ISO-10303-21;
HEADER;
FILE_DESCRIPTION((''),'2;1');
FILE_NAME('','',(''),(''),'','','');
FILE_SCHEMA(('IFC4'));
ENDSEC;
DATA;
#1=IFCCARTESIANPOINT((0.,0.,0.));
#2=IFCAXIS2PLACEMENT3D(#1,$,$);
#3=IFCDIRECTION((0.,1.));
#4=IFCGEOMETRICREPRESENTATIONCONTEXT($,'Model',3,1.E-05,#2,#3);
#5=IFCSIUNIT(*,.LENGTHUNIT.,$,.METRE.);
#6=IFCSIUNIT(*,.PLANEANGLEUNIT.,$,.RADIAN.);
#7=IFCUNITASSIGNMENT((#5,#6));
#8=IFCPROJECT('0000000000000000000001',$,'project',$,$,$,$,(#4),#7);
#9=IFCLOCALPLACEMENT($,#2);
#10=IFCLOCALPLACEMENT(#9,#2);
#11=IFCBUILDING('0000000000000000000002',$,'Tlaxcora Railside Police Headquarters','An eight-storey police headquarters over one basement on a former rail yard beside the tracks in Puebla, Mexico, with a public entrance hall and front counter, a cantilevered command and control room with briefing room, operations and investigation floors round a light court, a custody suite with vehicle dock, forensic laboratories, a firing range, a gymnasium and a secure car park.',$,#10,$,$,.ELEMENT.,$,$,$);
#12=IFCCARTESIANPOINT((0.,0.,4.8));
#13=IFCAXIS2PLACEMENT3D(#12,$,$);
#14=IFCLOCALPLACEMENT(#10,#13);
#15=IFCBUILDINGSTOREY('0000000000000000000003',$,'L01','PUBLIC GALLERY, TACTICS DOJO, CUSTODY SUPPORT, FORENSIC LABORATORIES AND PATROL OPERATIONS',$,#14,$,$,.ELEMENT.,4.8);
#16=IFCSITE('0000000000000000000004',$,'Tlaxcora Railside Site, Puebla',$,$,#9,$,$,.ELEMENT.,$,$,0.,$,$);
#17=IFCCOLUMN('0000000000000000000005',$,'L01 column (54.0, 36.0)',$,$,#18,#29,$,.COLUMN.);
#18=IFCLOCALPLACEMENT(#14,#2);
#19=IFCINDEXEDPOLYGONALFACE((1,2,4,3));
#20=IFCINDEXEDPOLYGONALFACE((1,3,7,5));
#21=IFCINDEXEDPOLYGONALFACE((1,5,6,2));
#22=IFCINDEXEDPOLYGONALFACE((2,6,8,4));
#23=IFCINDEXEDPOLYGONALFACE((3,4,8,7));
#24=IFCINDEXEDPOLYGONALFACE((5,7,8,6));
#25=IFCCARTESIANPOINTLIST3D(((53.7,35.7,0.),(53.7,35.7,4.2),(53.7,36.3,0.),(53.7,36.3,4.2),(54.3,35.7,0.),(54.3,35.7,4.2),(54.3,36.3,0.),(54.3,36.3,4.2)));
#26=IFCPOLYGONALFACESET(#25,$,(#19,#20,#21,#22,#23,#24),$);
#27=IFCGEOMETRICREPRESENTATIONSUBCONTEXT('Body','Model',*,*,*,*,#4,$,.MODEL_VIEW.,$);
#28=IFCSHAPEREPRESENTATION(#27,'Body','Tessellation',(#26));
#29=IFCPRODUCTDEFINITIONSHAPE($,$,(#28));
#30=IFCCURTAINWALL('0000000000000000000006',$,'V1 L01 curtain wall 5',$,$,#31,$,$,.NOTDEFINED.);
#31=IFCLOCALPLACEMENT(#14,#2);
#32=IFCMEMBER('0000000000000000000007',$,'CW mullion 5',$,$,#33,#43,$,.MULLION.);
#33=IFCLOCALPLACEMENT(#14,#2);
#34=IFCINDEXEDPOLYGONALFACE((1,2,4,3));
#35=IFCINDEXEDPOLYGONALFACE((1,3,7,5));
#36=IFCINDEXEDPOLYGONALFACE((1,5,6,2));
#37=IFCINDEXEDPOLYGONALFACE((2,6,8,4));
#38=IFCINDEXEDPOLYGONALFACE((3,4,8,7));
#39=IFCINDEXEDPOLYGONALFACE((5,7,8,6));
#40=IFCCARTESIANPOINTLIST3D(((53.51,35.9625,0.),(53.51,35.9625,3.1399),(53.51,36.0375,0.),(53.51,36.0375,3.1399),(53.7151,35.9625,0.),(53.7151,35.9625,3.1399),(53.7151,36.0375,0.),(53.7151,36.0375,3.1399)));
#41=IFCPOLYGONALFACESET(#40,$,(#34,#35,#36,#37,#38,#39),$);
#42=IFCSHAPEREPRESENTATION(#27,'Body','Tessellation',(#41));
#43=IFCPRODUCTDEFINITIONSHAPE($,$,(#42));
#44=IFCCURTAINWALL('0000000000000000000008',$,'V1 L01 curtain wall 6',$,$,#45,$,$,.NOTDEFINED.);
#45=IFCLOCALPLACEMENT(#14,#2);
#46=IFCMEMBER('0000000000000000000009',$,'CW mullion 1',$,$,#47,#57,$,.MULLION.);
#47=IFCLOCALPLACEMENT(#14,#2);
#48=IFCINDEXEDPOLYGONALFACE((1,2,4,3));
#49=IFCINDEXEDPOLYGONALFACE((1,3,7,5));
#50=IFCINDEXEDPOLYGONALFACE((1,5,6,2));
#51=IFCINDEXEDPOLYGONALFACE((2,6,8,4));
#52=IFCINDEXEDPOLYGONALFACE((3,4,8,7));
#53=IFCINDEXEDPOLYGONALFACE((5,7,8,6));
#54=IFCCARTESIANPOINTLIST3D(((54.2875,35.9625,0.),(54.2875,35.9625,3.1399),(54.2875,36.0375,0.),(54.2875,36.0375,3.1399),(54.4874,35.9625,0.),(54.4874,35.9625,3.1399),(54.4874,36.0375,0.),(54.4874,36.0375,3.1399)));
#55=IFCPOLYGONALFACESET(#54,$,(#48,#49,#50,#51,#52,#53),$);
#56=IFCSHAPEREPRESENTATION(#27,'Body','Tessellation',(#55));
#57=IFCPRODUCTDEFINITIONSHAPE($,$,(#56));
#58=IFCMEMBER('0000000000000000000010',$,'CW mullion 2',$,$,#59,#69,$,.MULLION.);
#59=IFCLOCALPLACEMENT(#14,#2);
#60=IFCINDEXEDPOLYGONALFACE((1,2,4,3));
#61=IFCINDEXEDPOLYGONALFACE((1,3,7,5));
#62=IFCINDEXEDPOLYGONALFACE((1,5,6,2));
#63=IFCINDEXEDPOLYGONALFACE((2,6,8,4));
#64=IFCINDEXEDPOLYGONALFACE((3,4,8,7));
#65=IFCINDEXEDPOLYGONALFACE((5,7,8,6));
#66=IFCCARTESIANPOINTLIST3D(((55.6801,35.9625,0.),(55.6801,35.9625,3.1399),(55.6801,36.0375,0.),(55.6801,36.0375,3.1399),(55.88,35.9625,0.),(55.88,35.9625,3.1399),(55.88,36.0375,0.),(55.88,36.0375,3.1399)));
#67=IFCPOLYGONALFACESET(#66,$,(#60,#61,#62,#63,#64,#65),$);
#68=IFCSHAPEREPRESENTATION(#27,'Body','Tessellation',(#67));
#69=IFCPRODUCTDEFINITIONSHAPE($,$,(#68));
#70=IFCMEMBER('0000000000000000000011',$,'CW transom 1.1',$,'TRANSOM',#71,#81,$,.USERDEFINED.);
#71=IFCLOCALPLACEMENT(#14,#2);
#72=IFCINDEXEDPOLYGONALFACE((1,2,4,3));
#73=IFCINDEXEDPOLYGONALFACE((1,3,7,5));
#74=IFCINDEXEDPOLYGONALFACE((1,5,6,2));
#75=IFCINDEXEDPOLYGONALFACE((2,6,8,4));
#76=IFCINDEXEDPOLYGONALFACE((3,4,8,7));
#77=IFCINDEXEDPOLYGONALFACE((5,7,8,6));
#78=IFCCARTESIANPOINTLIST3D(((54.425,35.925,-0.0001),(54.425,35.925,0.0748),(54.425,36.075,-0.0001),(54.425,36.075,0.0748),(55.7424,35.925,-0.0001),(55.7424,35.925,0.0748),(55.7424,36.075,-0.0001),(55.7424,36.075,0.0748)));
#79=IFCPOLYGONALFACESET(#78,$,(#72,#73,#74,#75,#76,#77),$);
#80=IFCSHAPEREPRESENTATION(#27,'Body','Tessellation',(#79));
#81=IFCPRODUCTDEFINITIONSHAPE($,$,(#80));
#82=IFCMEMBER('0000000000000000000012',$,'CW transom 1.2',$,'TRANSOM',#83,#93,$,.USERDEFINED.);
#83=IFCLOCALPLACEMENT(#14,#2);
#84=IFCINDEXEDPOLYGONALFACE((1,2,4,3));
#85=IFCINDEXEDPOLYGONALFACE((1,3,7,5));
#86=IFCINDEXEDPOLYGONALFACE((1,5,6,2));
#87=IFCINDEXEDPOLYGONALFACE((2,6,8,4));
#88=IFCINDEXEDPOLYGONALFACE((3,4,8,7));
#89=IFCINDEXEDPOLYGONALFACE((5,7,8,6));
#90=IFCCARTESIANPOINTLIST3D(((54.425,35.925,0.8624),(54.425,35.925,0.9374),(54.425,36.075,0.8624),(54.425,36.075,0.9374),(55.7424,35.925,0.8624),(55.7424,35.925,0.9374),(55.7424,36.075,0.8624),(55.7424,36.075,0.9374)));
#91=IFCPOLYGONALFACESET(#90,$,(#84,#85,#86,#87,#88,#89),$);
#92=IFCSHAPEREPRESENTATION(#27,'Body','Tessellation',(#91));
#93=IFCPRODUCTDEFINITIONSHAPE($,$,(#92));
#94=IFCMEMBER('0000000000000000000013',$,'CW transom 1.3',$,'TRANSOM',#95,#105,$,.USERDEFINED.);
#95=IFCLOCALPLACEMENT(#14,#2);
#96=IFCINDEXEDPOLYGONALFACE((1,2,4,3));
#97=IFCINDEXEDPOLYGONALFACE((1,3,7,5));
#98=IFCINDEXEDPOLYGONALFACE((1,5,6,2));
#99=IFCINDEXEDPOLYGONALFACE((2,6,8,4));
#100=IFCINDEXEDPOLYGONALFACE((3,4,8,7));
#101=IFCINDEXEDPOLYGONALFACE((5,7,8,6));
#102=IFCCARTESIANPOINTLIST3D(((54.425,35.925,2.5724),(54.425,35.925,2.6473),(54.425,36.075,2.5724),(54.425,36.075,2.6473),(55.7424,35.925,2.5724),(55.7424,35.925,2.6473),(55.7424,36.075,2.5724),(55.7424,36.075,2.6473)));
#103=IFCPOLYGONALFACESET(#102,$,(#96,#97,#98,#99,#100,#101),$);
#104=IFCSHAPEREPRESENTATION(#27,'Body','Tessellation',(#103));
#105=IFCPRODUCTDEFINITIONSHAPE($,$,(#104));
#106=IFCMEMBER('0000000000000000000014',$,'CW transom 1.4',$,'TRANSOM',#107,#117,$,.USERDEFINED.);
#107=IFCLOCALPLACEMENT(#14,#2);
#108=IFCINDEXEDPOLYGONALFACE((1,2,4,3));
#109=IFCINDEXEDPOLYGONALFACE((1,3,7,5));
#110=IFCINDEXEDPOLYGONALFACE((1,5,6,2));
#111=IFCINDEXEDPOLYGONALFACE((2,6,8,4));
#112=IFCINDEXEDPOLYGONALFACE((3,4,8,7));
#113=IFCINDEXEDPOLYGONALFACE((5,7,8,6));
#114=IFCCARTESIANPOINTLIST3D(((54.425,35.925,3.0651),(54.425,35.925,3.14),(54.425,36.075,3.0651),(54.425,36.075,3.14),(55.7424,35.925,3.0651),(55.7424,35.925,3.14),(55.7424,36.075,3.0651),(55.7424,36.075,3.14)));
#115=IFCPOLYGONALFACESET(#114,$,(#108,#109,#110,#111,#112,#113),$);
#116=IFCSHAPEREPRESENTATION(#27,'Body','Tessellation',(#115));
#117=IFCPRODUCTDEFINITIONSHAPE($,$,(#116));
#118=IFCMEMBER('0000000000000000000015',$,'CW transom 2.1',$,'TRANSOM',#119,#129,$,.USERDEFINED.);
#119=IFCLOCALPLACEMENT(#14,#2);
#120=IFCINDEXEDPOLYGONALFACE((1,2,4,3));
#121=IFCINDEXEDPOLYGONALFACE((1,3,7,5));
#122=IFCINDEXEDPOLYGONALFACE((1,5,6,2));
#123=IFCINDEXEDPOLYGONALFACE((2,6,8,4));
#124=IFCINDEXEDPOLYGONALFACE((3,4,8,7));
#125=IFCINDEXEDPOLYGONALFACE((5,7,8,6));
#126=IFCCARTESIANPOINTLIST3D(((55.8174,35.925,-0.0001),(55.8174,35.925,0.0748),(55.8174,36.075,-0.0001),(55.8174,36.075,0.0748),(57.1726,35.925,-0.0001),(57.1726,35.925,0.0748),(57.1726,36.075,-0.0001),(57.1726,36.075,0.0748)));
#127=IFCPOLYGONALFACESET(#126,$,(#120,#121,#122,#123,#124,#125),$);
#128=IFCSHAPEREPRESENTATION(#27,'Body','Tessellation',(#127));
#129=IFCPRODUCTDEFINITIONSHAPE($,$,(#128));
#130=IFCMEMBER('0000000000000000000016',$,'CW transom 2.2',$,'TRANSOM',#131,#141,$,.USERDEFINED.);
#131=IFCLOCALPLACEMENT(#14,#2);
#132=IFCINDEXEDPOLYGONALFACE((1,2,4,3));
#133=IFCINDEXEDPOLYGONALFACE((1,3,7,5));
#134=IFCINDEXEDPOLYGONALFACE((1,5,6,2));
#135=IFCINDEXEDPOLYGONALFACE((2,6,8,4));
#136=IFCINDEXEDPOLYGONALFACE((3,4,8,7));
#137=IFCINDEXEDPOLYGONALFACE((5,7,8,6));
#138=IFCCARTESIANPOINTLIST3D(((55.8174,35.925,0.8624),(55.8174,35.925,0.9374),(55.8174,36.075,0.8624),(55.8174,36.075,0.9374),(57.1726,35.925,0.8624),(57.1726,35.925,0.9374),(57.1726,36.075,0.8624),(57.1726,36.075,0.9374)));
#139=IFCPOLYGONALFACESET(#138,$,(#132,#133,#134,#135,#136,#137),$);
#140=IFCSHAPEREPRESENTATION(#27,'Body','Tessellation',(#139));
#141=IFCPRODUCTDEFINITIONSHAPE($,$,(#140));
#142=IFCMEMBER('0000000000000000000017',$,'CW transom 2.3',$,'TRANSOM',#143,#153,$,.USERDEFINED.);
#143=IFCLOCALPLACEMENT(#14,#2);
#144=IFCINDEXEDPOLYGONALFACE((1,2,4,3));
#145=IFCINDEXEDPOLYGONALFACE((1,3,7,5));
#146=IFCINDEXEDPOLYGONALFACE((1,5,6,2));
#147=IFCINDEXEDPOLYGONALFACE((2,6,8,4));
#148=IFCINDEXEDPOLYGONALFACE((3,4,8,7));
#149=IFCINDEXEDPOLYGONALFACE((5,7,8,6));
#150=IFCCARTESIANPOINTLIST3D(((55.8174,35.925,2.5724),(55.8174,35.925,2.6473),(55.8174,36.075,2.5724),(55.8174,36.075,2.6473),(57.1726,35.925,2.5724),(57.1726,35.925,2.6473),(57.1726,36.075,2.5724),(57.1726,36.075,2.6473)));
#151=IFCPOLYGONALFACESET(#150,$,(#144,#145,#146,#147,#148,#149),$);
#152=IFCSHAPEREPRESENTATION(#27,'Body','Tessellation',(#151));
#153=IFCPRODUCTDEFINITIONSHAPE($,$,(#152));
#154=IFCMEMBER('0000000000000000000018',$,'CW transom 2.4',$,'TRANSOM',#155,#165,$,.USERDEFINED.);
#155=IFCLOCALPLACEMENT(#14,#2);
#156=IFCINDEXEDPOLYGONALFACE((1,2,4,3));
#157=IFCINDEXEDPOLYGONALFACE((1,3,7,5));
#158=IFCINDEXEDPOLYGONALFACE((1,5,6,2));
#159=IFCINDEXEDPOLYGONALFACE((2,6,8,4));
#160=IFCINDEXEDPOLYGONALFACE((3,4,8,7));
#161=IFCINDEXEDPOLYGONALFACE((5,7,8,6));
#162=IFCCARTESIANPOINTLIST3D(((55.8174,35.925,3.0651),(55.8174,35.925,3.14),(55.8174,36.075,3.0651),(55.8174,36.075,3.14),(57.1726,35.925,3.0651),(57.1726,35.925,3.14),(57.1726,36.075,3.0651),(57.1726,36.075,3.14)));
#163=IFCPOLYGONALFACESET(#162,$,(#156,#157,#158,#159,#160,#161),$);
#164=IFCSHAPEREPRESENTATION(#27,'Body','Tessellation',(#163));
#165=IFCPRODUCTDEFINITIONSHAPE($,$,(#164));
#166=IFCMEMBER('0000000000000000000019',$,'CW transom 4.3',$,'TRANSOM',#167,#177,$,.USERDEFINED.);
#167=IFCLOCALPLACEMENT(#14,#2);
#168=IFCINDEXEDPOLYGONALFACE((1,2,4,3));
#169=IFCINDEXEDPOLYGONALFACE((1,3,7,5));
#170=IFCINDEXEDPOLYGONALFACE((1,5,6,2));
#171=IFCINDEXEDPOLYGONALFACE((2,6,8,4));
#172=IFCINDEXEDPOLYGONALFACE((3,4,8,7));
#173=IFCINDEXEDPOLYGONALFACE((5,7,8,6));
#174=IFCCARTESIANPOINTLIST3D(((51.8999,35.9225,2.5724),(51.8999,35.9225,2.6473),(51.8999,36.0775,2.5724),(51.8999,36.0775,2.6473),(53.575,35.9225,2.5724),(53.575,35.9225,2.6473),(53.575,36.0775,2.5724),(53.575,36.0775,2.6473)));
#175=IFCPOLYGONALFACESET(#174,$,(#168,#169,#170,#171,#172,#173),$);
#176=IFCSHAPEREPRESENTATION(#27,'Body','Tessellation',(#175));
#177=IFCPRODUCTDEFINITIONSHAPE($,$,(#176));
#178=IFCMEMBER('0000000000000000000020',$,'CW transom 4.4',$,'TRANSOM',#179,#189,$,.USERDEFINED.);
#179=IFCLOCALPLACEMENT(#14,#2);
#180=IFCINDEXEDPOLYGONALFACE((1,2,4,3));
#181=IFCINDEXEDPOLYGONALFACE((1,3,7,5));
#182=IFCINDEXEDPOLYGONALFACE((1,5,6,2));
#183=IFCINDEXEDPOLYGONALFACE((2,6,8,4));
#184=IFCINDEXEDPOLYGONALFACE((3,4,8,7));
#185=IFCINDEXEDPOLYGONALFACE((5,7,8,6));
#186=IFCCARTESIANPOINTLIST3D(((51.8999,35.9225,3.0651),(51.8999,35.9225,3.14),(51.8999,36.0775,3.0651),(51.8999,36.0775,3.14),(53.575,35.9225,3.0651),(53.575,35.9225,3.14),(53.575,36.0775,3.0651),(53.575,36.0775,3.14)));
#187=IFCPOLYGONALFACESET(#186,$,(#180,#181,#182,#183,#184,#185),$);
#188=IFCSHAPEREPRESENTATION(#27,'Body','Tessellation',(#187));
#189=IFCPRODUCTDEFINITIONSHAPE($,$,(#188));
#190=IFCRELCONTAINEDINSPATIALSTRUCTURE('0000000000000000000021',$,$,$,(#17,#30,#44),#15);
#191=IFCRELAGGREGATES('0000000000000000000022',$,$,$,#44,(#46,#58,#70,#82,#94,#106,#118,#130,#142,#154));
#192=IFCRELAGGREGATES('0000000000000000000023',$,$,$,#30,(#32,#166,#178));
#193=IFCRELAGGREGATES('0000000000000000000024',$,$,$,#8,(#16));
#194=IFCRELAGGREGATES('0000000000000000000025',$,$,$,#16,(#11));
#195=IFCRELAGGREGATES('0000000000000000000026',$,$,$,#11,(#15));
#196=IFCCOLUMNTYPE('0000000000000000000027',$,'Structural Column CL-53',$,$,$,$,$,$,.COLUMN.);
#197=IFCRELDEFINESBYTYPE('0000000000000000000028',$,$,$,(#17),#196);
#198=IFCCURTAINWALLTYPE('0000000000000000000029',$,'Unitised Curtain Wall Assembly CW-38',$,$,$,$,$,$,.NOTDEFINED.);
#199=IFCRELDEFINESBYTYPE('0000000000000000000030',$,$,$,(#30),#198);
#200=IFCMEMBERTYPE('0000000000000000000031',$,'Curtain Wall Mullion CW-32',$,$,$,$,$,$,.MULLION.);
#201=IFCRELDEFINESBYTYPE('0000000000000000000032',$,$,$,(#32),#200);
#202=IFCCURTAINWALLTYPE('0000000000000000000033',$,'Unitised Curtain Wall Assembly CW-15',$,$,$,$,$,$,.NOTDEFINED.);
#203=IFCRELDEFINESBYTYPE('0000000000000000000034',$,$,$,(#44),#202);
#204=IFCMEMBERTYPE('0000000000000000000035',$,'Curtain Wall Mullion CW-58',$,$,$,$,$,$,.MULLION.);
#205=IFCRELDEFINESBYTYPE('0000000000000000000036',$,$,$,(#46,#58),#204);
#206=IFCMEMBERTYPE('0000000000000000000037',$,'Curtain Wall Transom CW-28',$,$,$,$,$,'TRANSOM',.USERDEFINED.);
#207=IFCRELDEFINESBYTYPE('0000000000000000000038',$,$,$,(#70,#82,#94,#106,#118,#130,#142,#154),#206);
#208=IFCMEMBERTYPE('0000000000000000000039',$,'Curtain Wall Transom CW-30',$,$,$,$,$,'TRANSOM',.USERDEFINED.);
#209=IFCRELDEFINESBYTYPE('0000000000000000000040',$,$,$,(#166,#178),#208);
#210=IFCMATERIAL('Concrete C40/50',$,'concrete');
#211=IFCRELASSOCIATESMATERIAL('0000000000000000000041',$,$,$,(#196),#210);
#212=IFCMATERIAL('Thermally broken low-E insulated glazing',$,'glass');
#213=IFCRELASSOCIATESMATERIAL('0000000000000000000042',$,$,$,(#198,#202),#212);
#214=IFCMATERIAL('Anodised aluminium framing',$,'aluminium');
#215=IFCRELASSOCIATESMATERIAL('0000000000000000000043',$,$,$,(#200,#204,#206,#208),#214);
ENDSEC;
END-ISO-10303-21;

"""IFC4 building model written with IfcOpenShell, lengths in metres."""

from ifc_helpers import new_model, si_unit, direction, frame, origin, origin_2d, place, context, subcontext, project, spatial, rectangle, extrude, material, material_profile, profile_set, type_object, element, aggregate, save


model = new_model("IFC4")

# Units and contexts
model_context = context("Model", 3, precision=1e-05, world=origin(), true_north=direction((0.0, 1.0)))
body_context = subcontext(model_context, "Body", "Model", "MODEL_VIEW")
ifc_project = project(units=[si_unit("LENGTHUNIT", "METRE"), si_unit("PLANEANGLEUNIT", "RADIAN")], contexts=[model_context])

# Site, building, storey
site_placement = place(None, origin())
site = spatial("IfcSite", under=ifc_project, at=site_placement, Name="Tlaxcora Railside Site, Puebla", CompositionType="ELEMENT", RefElevation=0.0)
building_placement = place(site_placement, origin())
building = spatial("IfcBuilding", under=site, at=building_placement, Name="Tlaxcora Railside Police Headquarters", Description="An eight-storey police headquarters over one basement on a former rail yard beside the tracks in Puebla, Mexico, with a public entrance hall and front counter, a cantilevered command and control room with briefing room, operations and investigation floors round a light court, a custody suite with vehicle dock, forensic laboratories, a firing range, a gymnasium and a secure car park.", CompositionType="ELEMENT")
storey_placement = place(building_placement, frame((0.0, 0.0, 4.8)))
storey = spatial("IfcBuildingStorey", under=building, at=storey_placement, Name="L01", Description="PUBLIC GALLERY, TACTICS DOJO, CUSTODY SUPPORT, FORENSIC LABORATORIES AND PATROL OPERATIONS", CompositionType="ELEMENT", Elevation=4.8)

# Column
ifc_material_1 = material(Name="Concrete C40/50", Category="concrete")
ifc_material_profile_1 = material_profile(ifc_material_1, rectangle(XDim=0.6001, YDim=0.6001, at=origin_2d()), Name="RC600X600")
ifc_profile_set_1 = profile_set([ifc_material_profile_1], Name="Concrete C40/50")
column_type = type_object("IfcColumnType", Name="Structural Column CL-53", PredefinedType="COLUMN", material=ifc_profile_set_1)
column_placement = place(storey_placement, frame((54.0, 36.0, 0.0), z_axis=(0.0, 0.0, 1.0), x_axis=(1.0, 0.0, 0.0)))
element("IfcColumn", 1, at=column_placement, inside=storey, type_object=column_type, Name="L01 column (54.0, 36.0)", PredefinedType="COLUMN", context=body_context, shape_type="SweptSolid", body=[
    extrude(rectangle(XDim=0.6001, YDim=0.6001, at=origin_2d()), origin(), (0.0, 0.0, 1.0), 4.2),
])

# Curtain wall, member
ifc_material_2 = material(Name="Thermally broken low-E insulated glazing", Category="glass")
curtain_wall_type_1 = type_object("IfcCurtainWallType", Name="Unitised Curtain Wall Assembly CW-38", PredefinedType="NOTDEFINED", material=ifc_material_2)
curtain_wall_1_placement = place(storey_placement, origin())
curtain_wall_1 = element("IfcCurtainWall", 2, at=curtain_wall_1_placement, inside=storey, type_object=curtain_wall_type_1, Name="V1 L01 curtain wall 5", PredefinedType="NOTDEFINED")
ifc_material_3 = material(Name="Anodised aluminium framing", Category="aluminium")
ifc_material_profile_2 = material_profile(ifc_material_3, rectangle(XDim=0.075, YDim=0.2051, at=origin_2d()), Name="AL75X205")
ifc_profile_set_2 = profile_set([ifc_material_profile_2], Name="Anodised aluminium framing")
member_type_1 = type_object("IfcMemberType", Name="Curtain Wall Mullion CW-32", PredefinedType="MULLION", material=ifc_profile_set_2)
member_1_placement = place(storey_placement, frame((53.6125, 36.0, 0.0), z_axis=(0.0, 0.0, 1.0), x_axis=(0.0, 1.0, 0.0)))
member_1 = element("IfcMember", 3, at=member_1_placement, type_object=member_type_1, Name="CW mullion 5", PredefinedType="MULLION", context=body_context, shape_type="SweptSolid", body=[
    extrude(rectangle(XDim=0.075, YDim=0.2051, at=origin_2d()), origin(), (0.0, 0.0, 1.0), 3.1399),
])

# Curtain wall, members
curtain_wall_type_2 = type_object("IfcCurtainWallType", Name="Unitised Curtain Wall Assembly CW-15", PredefinedType="NOTDEFINED", material=ifc_material_2)
curtain_wall_2_placement = place(storey_placement, origin())
curtain_wall_2 = element("IfcCurtainWall", 4, at=curtain_wall_2_placement, inside=storey, type_object=curtain_wall_type_2, Name="V1 L01 curtain wall 6", PredefinedType="NOTDEFINED")
ifc_material_profile_3 = material_profile(ifc_material_3, rectangle(XDim=0.075, YDim=0.2, at=origin_2d()), Name="AL75X200")
ifc_profile_set_3 = profile_set([ifc_material_profile_3], Name="Anodised aluminium framing")
member_type_2 = type_object("IfcMemberType", Name="Curtain Wall Mullion CW-58", PredefinedType="MULLION", material=ifc_profile_set_3)
member_2_placement = place(storey_placement, frame((54.3875, 36.0, 0.0), z_axis=(0.0, 0.0, 1.0), x_axis=(0.0, 1.0, 0.0)))
member_2 = element("IfcMember", 5, at=member_2_placement, type_object=member_type_2, Name="CW mullion 1", PredefinedType="MULLION", context=body_context, shape_type="SweptSolid", body=[
    extrude(rectangle(XDim=0.075, YDim=0.2, at=origin_2d()), origin(), (0.0, 0.0, 1.0), 3.1399),
])
member_3_placement = place(storey_placement, frame((55.78, 36.0, 0.0), z_axis=(0.0, 0.0, 1.0), x_axis=(0.0, 1.0, 0.0)))
member_3 = element("IfcMember", 6, at=member_3_placement, type_object=member_type_2, Name="CW mullion 2", PredefinedType="MULLION", context=body_context, shape_type="SweptSolid", body=[
    extrude(rectangle(XDim=0.075, YDim=0.2, at=origin_2d()), origin(), (0.0, 0.0, 1.0), 3.1399),
])
ifc_material_profile_4 = material_profile(ifc_material_3, rectangle(XDim=0.1499, YDim=0.075, at=origin_2d()), Name="AL75X150")
ifc_profile_set_4 = profile_set([ifc_material_profile_4], Name="Anodised aluminium framing")
member_type_3 = type_object("IfcMemberType", Name="Curtain Wall Transom CW-28", ElementType="TRANSOM", PredefinedType="USERDEFINED", material=ifc_profile_set_4)
member_4_placement = place(storey_placement, frame((54.425, 36.0, 0.0374), z_axis=(1.0, 0.0, 0.0), x_axis=(0.0, 1.0, 0.0)))
member_4 = element("IfcMember", 7, at=member_4_placement, type_object=member_type_3, Name="CW transom 1.1", ObjectType="TRANSOM", PredefinedType="USERDEFINED", context=body_context, shape_type="SweptSolid", body=[
    extrude(rectangle(XDim=0.1499, YDim=0.075, at=origin_2d()), origin(), (0.0, 0.0, 1.0), 1.3174),
])
member_5_placement = place(storey_placement, frame((54.425, 36.0, 0.8999), z_axis=(1.0, 0.0, 0.0), x_axis=(0.0, 1.0, 0.0)))
member_5 = element("IfcMember", 8, at=member_5_placement, type_object=member_type_3, Name="CW transom 1.2", ObjectType="TRANSOM", PredefinedType="USERDEFINED", context=body_context, shape_type="SweptSolid", body=[
    extrude(rectangle(XDim=0.1499, YDim=0.075, at=origin_2d()), origin(), (0.0, 0.0, 1.0), 1.3174),
])
member_6_placement = place(storey_placement, frame((54.425, 36.0, 2.6099), z_axis=(1.0, 0.0, 0.0), x_axis=(0.0, 1.0, 0.0)))
member_6 = element("IfcMember", 9, at=member_6_placement, type_object=member_type_3, Name="CW transom 1.3", ObjectType="TRANSOM", PredefinedType="USERDEFINED", context=body_context, shape_type="SweptSolid", body=[
    extrude(rectangle(XDim=0.1499, YDim=0.075, at=origin_2d()), origin(), (0.0, 0.0, 1.0), 1.3174),
])
member_7_placement = place(storey_placement, frame((54.425, 36.0, 3.1025), z_axis=(1.0, 0.0, 0.0), x_axis=(0.0, 1.0, 0.0)))
member_7 = element("IfcMember", 10, at=member_7_placement, type_object=member_type_3, Name="CW transom 1.4", ObjectType="TRANSOM", PredefinedType="USERDEFINED", context=body_context, shape_type="SweptSolid", body=[
    extrude(rectangle(XDim=0.1499, YDim=0.075, at=origin_2d()), origin(), (0.0, 0.0, 1.0), 1.3174),
])
member_8_placement = place(storey_placement, frame((55.8174, 36.0, 0.0374), z_axis=(1.0, 0.0, 0.0), x_axis=(0.0, 1.0, 0.0)))
member_8 = element("IfcMember", 11, at=member_8_placement, type_object=member_type_3, Name="CW transom 2.1", ObjectType="TRANSOM", PredefinedType="USERDEFINED", context=body_context, shape_type="SweptSolid", body=[
    extrude(rectangle(XDim=0.1499, YDim=0.075, at=origin_2d()), origin(), (0.0, 0.0, 1.0), 1.3552),
])
member_9_placement = place(storey_placement, frame((55.8174, 36.0, 0.8999), z_axis=(1.0, 0.0, 0.0), x_axis=(0.0, 1.0, 0.0)))
member_9 = element("IfcMember", 12, at=member_9_placement, type_object=member_type_3, Name="CW transom 2.2", ObjectType="TRANSOM", PredefinedType="USERDEFINED", context=body_context, shape_type="SweptSolid", body=[
    extrude(rectangle(XDim=0.1499, YDim=0.075, at=origin_2d()), origin(), (0.0, 0.0, 1.0), 1.3552),
])
member_10_placement = place(storey_placement, frame((55.8174, 36.0, 2.6099), z_axis=(1.0, 0.0, 0.0), x_axis=(0.0, 1.0, 0.0)))
member_10 = element("IfcMember", 13, at=member_10_placement, type_object=member_type_3, Name="CW transom 2.3", ObjectType="TRANSOM", PredefinedType="USERDEFINED", context=body_context, shape_type="SweptSolid", body=[
    extrude(rectangle(XDim=0.1499, YDim=0.075, at=origin_2d()), origin(), (0.0, 0.0, 1.0), 1.3552),
])
member_11_placement = place(storey_placement, frame((55.8174, 36.0, 3.1025), z_axis=(1.0, 0.0, 0.0), x_axis=(0.0, 1.0, 0.0)))
member_11 = element("IfcMember", 14, at=member_11_placement, type_object=member_type_3, Name="CW transom 2.4", ObjectType="TRANSOM", PredefinedType="USERDEFINED", context=body_context, shape_type="SweptSolid", body=[
    extrude(rectangle(XDim=0.1499, YDim=0.075, at=origin_2d()), origin(), (0.0, 0.0, 1.0), 1.3552),
])

# Members
ifc_material_profile_5 = material_profile(ifc_material_3, rectangle(XDim=0.155, YDim=0.075, at=origin_2d()), Name="AL75X155")
ifc_profile_set_5 = profile_set([ifc_material_profile_5], Name="Anodised aluminium framing")
member_type_4 = type_object("IfcMemberType", Name="Curtain Wall Transom CW-30", ElementType="TRANSOM", PredefinedType="USERDEFINED", material=ifc_profile_set_5)
member_12_placement = place(storey_placement, frame((51.8999, 36.0, 2.6099), z_axis=(1.0, 0.0, 0.0), x_axis=(0.0, 1.0, 0.0)))
member_12 = element("IfcMember", 15, at=member_12_placement, type_object=member_type_4, Name="CW transom 4.3", ObjectType="TRANSOM", PredefinedType="USERDEFINED", context=body_context, shape_type="SweptSolid", body=[
    extrude(rectangle(XDim=0.155, YDim=0.075, at=origin_2d()), origin(), (0.0, 0.0, 1.0), 1.675),
])
member_13_placement = place(storey_placement, frame((51.8999, 36.0, 3.1025), z_axis=(1.0, 0.0, 0.0), x_axis=(0.0, 1.0, 0.0)))
member_13 = element("IfcMember", 16, at=member_13_placement, type_object=member_type_4, Name="CW transom 4.4", ObjectType="TRANSOM", PredefinedType="USERDEFINED", context=body_context, shape_type="SweptSolid", body=[
    extrude(rectangle(XDim=0.155, YDim=0.075, at=origin_2d()), origin(), (0.0, 0.0, 1.0), 1.675),
])

aggregate(curtain_wall_2, [member_2, member_3, member_4, member_5, member_6, member_7, member_8, member_9, member_10, member_11])
aggregate(curtain_wall_1, [member_1, member_12, member_13])

save(model, "model.ifc")
